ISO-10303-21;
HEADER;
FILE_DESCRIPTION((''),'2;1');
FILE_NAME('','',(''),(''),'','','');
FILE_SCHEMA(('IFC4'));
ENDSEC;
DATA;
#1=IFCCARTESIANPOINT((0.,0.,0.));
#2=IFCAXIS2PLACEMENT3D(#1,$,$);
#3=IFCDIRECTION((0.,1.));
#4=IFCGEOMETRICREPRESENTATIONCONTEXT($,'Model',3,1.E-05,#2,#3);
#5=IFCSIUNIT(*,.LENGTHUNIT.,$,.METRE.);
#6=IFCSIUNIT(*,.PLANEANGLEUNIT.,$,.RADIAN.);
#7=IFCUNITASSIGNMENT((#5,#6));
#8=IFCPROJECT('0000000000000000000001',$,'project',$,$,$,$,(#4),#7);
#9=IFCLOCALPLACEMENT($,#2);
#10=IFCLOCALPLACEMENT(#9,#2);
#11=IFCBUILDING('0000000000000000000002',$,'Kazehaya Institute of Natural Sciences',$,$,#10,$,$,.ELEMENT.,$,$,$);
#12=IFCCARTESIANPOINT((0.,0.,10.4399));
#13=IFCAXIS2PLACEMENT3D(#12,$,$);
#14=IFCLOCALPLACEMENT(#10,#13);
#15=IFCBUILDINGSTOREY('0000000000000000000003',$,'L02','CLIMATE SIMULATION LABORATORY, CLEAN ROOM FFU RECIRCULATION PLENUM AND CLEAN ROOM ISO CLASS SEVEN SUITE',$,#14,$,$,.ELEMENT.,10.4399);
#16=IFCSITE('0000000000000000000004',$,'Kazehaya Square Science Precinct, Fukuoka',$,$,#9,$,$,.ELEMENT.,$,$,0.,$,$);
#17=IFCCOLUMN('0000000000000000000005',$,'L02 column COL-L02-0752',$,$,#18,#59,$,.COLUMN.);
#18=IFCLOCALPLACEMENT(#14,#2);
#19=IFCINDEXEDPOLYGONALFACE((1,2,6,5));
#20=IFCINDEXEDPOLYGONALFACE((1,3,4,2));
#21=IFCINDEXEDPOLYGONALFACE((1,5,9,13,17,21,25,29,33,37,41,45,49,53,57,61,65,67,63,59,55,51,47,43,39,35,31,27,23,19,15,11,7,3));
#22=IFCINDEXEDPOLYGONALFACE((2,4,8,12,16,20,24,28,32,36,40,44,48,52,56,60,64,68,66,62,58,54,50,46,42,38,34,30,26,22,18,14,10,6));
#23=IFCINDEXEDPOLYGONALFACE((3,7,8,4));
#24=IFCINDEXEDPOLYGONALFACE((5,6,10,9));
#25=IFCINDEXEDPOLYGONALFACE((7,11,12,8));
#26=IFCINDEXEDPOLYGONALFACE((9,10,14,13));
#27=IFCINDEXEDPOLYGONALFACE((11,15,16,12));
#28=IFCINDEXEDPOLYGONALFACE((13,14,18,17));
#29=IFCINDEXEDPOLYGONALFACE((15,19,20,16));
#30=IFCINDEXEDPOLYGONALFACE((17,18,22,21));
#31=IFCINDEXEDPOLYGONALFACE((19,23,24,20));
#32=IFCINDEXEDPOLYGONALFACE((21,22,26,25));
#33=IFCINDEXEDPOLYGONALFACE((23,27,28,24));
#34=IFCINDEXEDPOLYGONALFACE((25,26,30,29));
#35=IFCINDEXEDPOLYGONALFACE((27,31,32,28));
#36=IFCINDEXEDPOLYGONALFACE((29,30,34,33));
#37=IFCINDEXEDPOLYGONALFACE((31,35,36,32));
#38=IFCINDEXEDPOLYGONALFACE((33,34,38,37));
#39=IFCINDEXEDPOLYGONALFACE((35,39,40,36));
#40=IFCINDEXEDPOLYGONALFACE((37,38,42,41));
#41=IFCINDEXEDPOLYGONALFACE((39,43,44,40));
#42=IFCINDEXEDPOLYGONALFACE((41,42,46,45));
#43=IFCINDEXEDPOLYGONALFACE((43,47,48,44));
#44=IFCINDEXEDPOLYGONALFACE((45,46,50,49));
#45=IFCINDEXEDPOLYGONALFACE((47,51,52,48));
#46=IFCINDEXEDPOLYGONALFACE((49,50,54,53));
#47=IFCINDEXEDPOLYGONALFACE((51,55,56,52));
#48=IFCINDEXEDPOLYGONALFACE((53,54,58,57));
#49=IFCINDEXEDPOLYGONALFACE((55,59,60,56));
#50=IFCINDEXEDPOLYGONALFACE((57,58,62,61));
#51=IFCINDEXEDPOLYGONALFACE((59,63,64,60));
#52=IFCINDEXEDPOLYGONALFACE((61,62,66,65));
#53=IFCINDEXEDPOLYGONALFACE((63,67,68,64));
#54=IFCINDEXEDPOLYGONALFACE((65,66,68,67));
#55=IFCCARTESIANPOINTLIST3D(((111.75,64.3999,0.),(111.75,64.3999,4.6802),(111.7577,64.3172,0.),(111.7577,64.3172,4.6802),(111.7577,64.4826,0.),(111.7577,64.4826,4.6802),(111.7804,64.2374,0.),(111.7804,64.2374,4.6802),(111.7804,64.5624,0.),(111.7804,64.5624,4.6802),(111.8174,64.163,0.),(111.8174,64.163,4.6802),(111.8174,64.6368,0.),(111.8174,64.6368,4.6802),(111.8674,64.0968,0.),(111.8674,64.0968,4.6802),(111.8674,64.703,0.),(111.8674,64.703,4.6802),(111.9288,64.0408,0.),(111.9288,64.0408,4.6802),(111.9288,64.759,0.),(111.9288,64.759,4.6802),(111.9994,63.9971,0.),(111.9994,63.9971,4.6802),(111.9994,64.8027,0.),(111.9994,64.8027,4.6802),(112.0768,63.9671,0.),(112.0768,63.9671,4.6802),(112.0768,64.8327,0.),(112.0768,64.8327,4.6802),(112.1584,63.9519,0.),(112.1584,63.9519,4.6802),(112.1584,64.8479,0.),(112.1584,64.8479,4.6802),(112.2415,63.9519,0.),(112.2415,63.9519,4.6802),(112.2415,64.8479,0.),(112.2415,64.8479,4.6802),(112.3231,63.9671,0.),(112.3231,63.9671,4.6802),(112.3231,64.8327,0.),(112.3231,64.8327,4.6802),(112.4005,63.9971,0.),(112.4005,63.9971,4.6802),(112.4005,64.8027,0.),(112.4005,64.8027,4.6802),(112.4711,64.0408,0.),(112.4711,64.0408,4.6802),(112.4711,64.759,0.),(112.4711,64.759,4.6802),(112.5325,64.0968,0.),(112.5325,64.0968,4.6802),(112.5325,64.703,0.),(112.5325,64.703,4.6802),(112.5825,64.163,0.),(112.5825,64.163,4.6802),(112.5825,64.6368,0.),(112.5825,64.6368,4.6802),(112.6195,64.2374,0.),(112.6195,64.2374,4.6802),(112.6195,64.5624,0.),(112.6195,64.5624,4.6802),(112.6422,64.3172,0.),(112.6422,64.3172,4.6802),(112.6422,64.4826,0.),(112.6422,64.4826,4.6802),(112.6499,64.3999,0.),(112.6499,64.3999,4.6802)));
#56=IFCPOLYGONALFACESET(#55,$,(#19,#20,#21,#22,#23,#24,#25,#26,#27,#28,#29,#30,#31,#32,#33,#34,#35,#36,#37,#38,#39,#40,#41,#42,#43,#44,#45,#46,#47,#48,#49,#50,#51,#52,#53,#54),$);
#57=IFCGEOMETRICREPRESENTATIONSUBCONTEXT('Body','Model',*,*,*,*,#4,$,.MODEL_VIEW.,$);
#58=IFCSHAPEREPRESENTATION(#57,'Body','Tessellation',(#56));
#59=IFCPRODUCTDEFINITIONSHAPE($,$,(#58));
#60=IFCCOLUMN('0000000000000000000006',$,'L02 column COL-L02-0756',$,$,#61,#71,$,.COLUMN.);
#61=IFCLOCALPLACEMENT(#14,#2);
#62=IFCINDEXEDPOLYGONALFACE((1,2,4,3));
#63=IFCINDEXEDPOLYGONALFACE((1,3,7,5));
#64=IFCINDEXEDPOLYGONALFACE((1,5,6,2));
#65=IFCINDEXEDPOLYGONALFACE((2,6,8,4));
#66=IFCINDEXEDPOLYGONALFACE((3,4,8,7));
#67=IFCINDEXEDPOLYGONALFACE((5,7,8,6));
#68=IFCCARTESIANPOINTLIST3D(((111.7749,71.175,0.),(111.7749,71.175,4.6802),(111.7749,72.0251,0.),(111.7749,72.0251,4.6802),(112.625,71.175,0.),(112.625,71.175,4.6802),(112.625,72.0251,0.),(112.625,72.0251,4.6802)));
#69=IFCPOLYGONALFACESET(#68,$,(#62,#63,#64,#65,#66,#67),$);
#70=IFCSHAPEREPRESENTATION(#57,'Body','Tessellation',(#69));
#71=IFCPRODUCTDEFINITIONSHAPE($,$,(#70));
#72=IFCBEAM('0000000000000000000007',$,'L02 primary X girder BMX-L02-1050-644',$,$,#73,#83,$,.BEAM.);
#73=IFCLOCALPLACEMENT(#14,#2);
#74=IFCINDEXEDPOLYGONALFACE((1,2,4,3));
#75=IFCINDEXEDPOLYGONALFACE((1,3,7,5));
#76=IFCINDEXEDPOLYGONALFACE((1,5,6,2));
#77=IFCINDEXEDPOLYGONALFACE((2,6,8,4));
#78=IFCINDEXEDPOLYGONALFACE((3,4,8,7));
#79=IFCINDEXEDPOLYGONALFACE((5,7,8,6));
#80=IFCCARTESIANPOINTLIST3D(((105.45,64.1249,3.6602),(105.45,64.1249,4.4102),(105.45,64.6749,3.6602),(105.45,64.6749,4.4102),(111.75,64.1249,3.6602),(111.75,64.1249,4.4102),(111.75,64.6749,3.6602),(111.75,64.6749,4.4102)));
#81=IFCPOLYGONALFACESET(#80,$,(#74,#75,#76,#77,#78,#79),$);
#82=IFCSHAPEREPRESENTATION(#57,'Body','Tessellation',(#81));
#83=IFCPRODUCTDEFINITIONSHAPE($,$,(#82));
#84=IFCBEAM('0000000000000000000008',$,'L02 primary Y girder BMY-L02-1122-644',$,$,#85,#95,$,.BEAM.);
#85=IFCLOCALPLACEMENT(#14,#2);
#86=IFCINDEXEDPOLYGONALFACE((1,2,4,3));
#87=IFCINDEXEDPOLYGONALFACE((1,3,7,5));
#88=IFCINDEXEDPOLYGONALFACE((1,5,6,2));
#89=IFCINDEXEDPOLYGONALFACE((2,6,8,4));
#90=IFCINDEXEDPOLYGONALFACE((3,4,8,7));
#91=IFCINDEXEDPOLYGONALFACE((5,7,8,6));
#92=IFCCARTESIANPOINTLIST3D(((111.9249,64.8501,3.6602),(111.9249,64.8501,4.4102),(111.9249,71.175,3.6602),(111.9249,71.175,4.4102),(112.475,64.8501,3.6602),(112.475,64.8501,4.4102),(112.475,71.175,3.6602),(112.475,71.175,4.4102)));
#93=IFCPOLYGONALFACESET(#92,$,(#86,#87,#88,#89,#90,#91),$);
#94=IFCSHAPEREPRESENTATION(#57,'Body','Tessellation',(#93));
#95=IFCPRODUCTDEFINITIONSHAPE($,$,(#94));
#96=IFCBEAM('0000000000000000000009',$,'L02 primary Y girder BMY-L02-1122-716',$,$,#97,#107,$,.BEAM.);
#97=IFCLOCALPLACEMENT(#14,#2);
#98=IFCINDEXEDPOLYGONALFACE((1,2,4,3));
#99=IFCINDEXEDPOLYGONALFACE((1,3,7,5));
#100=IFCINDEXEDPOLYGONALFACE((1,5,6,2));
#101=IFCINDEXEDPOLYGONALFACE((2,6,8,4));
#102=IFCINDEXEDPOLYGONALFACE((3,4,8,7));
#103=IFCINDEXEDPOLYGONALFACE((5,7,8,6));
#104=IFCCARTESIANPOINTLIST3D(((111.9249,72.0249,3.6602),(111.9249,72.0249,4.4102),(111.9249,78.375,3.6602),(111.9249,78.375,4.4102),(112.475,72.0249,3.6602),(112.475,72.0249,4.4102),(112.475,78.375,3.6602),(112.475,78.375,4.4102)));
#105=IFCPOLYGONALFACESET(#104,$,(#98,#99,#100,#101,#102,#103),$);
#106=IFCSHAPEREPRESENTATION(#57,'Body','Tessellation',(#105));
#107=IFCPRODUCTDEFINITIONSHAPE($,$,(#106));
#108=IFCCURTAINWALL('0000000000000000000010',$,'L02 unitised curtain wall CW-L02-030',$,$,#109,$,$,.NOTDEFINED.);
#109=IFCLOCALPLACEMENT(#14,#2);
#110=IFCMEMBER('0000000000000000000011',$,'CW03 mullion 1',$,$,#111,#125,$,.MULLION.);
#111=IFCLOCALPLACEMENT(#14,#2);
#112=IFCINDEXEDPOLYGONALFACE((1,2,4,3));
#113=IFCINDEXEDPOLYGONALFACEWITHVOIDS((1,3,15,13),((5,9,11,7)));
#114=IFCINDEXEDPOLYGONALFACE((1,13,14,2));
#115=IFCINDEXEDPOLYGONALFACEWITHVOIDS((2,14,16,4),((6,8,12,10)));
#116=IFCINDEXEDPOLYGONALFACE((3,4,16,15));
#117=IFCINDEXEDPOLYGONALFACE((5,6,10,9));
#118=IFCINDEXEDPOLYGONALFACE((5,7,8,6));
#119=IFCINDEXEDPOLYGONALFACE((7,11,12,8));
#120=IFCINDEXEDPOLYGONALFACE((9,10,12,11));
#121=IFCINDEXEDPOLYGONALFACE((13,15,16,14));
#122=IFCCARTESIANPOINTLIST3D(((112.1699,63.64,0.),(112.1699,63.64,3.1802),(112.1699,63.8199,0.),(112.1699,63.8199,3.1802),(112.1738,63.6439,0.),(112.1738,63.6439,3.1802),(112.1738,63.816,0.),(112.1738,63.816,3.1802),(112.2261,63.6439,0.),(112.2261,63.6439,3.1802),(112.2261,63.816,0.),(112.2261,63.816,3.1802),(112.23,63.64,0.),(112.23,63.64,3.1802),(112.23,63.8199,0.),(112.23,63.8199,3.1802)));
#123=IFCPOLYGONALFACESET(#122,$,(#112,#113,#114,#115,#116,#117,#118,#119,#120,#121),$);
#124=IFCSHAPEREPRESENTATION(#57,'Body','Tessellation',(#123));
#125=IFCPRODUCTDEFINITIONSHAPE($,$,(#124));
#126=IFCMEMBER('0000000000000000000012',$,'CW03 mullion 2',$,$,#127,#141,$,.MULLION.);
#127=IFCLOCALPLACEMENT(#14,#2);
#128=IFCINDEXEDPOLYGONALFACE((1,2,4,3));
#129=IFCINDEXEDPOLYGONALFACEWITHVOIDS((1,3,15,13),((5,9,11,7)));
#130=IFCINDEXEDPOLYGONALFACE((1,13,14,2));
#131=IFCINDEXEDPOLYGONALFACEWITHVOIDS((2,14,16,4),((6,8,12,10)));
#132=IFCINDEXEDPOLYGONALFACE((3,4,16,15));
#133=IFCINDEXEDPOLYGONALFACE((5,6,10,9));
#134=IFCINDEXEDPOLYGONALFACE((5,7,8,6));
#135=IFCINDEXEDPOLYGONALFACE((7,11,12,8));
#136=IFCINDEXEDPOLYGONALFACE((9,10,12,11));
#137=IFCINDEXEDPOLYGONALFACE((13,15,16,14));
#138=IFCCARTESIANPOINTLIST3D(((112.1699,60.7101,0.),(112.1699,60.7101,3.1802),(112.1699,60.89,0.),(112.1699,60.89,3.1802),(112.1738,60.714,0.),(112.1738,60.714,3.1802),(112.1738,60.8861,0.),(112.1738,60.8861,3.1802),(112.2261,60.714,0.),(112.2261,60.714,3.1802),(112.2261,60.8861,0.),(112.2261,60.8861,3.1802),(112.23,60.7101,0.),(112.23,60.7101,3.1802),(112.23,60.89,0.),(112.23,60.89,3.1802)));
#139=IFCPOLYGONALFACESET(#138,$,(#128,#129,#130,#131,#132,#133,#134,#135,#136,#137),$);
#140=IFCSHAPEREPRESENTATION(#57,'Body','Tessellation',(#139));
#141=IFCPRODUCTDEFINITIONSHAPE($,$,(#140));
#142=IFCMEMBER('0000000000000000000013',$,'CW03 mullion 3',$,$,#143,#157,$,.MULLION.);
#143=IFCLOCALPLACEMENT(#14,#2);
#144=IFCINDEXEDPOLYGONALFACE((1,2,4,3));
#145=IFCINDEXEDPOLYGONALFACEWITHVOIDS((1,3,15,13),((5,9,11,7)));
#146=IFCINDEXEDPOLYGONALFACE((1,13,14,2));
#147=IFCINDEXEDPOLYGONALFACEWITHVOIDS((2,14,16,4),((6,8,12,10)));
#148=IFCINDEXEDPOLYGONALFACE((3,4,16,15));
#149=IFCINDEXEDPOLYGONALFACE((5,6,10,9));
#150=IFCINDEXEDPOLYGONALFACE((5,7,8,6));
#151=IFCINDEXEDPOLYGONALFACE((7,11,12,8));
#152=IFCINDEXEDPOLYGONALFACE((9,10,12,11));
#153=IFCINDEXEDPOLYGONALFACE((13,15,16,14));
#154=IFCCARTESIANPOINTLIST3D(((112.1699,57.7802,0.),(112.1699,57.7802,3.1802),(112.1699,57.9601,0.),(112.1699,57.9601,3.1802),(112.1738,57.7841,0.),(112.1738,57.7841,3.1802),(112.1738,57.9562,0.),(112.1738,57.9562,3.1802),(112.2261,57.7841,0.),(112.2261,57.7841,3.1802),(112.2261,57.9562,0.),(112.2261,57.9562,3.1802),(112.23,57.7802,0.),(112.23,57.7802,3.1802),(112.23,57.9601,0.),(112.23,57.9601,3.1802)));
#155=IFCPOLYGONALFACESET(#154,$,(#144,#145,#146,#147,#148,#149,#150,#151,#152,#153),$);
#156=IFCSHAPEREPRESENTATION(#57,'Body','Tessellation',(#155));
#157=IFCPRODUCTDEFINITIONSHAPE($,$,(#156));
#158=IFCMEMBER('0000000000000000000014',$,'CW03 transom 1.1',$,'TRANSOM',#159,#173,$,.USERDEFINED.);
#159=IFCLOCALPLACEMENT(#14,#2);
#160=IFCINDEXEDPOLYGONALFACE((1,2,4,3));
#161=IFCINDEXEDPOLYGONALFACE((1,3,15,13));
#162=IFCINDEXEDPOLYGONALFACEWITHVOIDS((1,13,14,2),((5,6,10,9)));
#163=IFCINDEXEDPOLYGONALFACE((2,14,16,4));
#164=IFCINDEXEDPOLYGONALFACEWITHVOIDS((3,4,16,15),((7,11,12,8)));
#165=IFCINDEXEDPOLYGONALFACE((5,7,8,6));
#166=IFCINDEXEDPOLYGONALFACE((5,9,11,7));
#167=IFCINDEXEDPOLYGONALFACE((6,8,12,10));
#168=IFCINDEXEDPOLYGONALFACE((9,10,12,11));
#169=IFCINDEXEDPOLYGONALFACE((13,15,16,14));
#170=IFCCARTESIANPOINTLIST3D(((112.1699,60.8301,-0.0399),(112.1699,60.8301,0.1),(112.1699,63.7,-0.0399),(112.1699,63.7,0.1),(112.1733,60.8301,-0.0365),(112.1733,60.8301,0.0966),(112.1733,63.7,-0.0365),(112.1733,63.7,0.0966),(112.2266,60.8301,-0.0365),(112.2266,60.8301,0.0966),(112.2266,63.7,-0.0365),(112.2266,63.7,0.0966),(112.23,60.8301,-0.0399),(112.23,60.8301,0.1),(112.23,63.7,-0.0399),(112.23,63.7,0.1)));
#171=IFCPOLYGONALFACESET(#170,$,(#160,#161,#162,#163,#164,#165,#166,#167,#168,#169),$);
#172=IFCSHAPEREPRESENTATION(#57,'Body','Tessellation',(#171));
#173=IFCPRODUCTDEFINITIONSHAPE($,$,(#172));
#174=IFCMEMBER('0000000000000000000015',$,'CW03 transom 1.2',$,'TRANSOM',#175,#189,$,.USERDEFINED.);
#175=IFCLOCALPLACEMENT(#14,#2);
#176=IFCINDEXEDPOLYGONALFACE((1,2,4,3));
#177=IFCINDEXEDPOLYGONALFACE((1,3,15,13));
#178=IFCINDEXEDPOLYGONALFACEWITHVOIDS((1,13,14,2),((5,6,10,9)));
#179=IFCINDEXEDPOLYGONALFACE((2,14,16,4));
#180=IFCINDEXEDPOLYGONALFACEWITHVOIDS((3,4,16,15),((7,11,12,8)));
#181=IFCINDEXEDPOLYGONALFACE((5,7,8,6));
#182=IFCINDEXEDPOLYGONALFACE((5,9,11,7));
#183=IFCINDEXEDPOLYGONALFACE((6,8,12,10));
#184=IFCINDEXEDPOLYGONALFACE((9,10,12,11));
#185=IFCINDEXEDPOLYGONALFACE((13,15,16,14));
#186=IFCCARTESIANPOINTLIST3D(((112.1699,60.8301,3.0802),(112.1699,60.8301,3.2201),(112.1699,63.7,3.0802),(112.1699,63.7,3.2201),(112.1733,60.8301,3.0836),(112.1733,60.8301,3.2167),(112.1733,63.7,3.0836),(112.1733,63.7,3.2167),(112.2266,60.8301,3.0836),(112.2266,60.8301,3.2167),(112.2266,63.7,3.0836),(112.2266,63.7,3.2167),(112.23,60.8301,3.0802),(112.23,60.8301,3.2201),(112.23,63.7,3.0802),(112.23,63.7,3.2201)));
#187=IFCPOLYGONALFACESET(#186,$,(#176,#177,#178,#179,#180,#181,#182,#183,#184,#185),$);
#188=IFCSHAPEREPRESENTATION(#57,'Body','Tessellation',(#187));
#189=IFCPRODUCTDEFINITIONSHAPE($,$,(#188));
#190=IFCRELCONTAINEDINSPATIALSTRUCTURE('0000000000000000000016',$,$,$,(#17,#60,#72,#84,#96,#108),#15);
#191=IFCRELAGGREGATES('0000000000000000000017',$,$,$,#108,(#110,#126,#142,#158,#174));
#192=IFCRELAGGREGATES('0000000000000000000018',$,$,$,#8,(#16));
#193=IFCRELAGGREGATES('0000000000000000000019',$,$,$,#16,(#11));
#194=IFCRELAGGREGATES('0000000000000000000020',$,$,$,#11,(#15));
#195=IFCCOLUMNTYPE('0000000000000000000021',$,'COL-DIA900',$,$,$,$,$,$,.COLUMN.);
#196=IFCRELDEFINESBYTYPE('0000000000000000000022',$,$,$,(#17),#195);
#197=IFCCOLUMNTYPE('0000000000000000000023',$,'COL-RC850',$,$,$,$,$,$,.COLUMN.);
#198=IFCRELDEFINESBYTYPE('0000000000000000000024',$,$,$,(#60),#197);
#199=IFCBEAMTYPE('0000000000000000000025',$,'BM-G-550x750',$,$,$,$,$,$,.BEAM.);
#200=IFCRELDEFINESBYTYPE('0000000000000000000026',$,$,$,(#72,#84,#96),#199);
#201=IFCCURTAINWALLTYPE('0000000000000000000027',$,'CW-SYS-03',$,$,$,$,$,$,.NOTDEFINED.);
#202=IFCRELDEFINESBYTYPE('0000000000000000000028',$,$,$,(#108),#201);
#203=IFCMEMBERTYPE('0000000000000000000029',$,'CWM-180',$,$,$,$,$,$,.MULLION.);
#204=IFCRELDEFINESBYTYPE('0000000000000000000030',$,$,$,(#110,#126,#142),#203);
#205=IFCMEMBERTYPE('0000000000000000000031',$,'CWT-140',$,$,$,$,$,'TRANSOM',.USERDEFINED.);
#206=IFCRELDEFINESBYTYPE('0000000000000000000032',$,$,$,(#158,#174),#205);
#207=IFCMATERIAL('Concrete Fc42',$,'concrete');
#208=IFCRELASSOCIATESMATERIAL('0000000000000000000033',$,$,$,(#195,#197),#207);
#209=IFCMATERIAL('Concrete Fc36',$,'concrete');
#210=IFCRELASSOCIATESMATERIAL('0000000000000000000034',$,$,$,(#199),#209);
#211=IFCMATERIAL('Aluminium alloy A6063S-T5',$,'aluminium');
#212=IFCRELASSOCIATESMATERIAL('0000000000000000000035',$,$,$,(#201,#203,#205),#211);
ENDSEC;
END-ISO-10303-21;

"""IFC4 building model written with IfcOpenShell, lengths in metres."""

from ifc_helpers import new_model, si_unit, direction, frame, origin, origin_2d, place, context, subcontext, project, spatial, rectangle, hollow_rectangle, circle, extrude, material, material_profile, profile_set, type_object, element, aggregate, save


model = new_model("IFC4")

# Units and contexts
model_context = context("Model", 3, precision=1e-05, world=origin(), true_north=direction((0.0, 1.0)))
body_context = subcontext(model_context, "Body", "Model", "MODEL_VIEW")
ifc_project = project(units=[si_unit("LENGTHUNIT", "METRE"), si_unit("PLANEANGLEUNIT", "RADIAN")], contexts=[model_context])

# Site, building, storey
site_placement = place(None, origin())
site = spatial("IfcSite", under=ifc_project, at=site_placement, Name="Kazehaya Square Science Precinct, Fukuoka", CompositionType="ELEMENT", RefElevation=0.0)
building_placement = place(site_placement, origin())
building = spatial("IfcBuilding", under=site, at=building_placement, Name="Kazehaya Institute of Natural Sciences", CompositionType="ELEMENT")
storey_placement = place(building_placement, frame((0.0, 0.0, 10.4399)))
storey = spatial("IfcBuildingStorey", under=building, at=storey_placement, Name="L02", Description="CLIMATE SIMULATION LABORATORY, CLEAN ROOM FFU RECIRCULATION PLENUM AND CLEAN ROOM ISO CLASS SEVEN SUITE", CompositionType="ELEMENT", Elevation=10.4399)

# Columns
ifc_material_1 = material(Name="Concrete Fc42", Category="concrete")
ifc_material_profile_1 = material_profile(ifc_material_1, circle(Radius=0.45, at=origin_2d()), Name="RC-DIA900")
ifc_profile_set_1 = profile_set([ifc_material_profile_1], Name="Concrete Fc42")
column_type_1 = type_object("IfcColumnType", Name="COL-DIA900", PredefinedType="COLUMN", material=ifc_profile_set_1)
column_1_placement = place(storey_placement, frame((112.2, 64.3999, 0.0), z_axis=(0.0, 0.0, 1.0), x_axis=(1.0, 0.0, 0.0)))
element("IfcColumn", 1, at=column_1_placement, inside=storey, type_object=column_type_1, Name="L02 column COL-L02-0752", PredefinedType="COLUMN", context=body_context, shape_type="SweptSolid", body=[
    extrude(circle(Radius=0.45, at=origin_2d()), origin(), (0.0, 0.0, 1.0), 4.6802),
])
ifc_material_profile_2 = material_profile(ifc_material_1, rectangle(XDim=0.8501, YDim=0.8501, at=origin_2d()), Name="RC-850x850")
ifc_profile_set_2 = profile_set([ifc_material_profile_2], Name="Concrete Fc42")
column_type_2 = type_object("IfcColumnType", Name="COL-RC850", PredefinedType="COLUMN", material=ifc_profile_set_2)
column_2_placement = place(storey_placement, frame((112.2, 71.6001, 0.0), z_axis=(0.0, 0.0, 1.0), x_axis=(1.0, 0.0, 0.0)))
element("IfcColumn", 2, at=column_2_placement, inside=storey, type_object=column_type_2, Name="L02 column COL-L02-0756", PredefinedType="COLUMN", context=body_context, shape_type="SweptSolid", body=[
    extrude(rectangle(XDim=0.8501, YDim=0.8501, at=origin_2d()), origin(), (0.0, 0.0, 1.0), 4.6802),
])

# Beams
ifc_material_2 = material(Name="Concrete Fc36", Category="concrete")
ifc_material_profile_3 = material_profile(ifc_material_2, rectangle(XDim=0.55, YDim=0.75, at=origin_2d()), Name="RC-550x750")
ifc_profile_set_3 = profile_set([ifc_material_profile_3], Name="Concrete Fc36")
beam_type = type_object("IfcBeamType", Name="BM-G-550x750", PredefinedType="BEAM", material=ifc_profile_set_3)
beam_1_placement = place(storey_placement, frame((105.45, 64.3999, 4.0352), z_axis=(1.0, 0.0, 0.0), x_axis=(0.0, 1.0, 0.0)))
element("IfcBeam", 3, at=beam_1_placement, inside=storey, type_object=beam_type, Name="L02 primary X girder BMX-L02-1050-644", PredefinedType="BEAM", context=body_context, shape_type="SweptSolid", body=[
    extrude(rectangle(XDim=0.55, YDim=0.75, at=origin_2d()), origin(), (0.0, 0.0, 1.0), 6.3),
])
beam_2_placement = place(storey_placement, frame((112.2, 64.8501, 4.0352), z_axis=(0.0, 1.0, 0.0), x_axis=(-1.0, 0.0, 0.0)))
element("IfcBeam", 4, at=beam_2_placement, inside=storey, type_object=beam_type, Name="L02 primary Y girder BMY-L02-1122-644", PredefinedType="BEAM", context=body_context, shape_type="SweptSolid", body=[
    extrude(rectangle(XDim=0.55, YDim=0.75, at=origin_2d()), origin(), (0.0, 0.0, 1.0), 6.325),
])
beam_3_placement = place(storey_placement, frame((112.2, 72.0249, 4.0352), z_axis=(0.0, 1.0, 0.0), x_axis=(-1.0, 0.0, 0.0)))
element("IfcBeam", 5, at=beam_3_placement, inside=storey, type_object=beam_type, Name="L02 primary Y girder BMY-L02-1122-716", PredefinedType="BEAM", context=body_context, shape_type="SweptSolid", body=[
    extrude(rectangle(XDim=0.55, YDim=0.75, at=origin_2d()), origin(), (0.0, 0.0, 1.0), 6.3501),
])

# Curtain wall, members
ifc_material_3 = material(Name="Aluminium alloy A6063S-T5", Category="aluminium")
curtain_wall_type = type_object("IfcCurtainWallType", Name="CW-SYS-03", PredefinedType="NOTDEFINED", material=ifc_material_3)
curtain_wall_placement = place(storey_placement, origin())
curtain_wall = element("IfcCurtainWall", 6, at=curtain_wall_placement, inside=storey, type_object=curtain_wall_type, Name="L02 unitised curtain wall CW-L02-030", PredefinedType="NOTDEFINED")
ifc_material_profile_4 = material_profile(ifc_material_3, hollow_rectangle(XDim=0.0601, YDim=0.1799, WallThickness=0.0039, at=origin_2d()), Name="ALU-60x180x4")
ifc_profile_set_4 = profile_set([ifc_material_profile_4], Name="Aluminium alloy A6063S-T5")
member_type_1 = type_object("IfcMemberType", Name="CWM-180", PredefinedType="MULLION", material=ifc_profile_set_4)
member_1_placement = place(storey_placement, frame((112.2, 63.73, 0.0), z_axis=(0.0, 0.0, 1.0), x_axis=(1.0, 0.0, 0.0)))
member_1 = element("IfcMember", 7, at=member_1_placement, type_object=member_type_1, Name="CW03 mullion 1", PredefinedType="MULLION", context=body_context, shape_type="SweptSolid", body=[
    extrude(hollow_rectangle(XDim=0.0601, YDim=0.1799, WallThickness=0.0039, at=origin_2d()), origin(), (0.0, 0.0, 1.0), 3.1802),
])
member_2_placement = place(storey_placement, frame((112.2, 60.8, 0.0), z_axis=(0.0, 0.0, 1.0), x_axis=(1.0, 0.0, 0.0)))
member_2 = element("IfcMember", 8, at=member_2_placement, type_object=member_type_1, Name="CW03 mullion 2", PredefinedType="MULLION", context=body_context, shape_type="SweptSolid", body=[
    extrude(hollow_rectangle(XDim=0.0601, YDim=0.1799, WallThickness=0.0039, at=origin_2d()), origin(), (0.0, 0.0, 1.0), 3.1802),
])
member_3_placement = place(storey_placement, frame((112.2, 57.8701, 0.0), z_axis=(0.0, 0.0, 1.0), x_axis=(1.0, 0.0, 0.0)))
member_3 = element("IfcMember", 9, at=member_3_placement, type_object=member_type_1, Name="CW03 mullion 3", PredefinedType="MULLION", context=body_context, shape_type="SweptSolid", body=[
    extrude(hollow_rectangle(XDim=0.0601, YDim=0.1799, WallThickness=0.0039, at=origin_2d()), origin(), (0.0, 0.0, 1.0), 3.1802),
])
ifc_material_profile_5 = material_profile(ifc_material_3, hollow_rectangle(XDim=0.0601, YDim=0.1399, WallThickness=0.0034, at=origin_2d()), Name="ALU-60x140x3.5")
ifc_profile_set_5 = profile_set([ifc_material_profile_5], Name="Aluminium alloy A6063S-T5")
member_type_2 = type_object("IfcMemberType", Name="CWT-140", ElementType="TRANSOM", PredefinedType="USERDEFINED", material=ifc_profile_set_5)
member_4_placement = place(storey_placement, frame((112.2, 63.7, 0.03), z_axis=(0.0, -1.0, 0.0), x_axis=(1.0, 0.0, 0.0)))
member_4 = element("IfcMember", 10, at=member_4_placement, type_object=member_type_2, Name="CW03 transom 1.1", ObjectType="TRANSOM", PredefinedType="USERDEFINED", context=body_context, shape_type="SweptSolid", body=[
    extrude(hollow_rectangle(XDim=0.0601, YDim=0.1399, WallThickness=0.0034, at=origin_2d()), origin(), (0.0, 0.0, 1.0), 2.8699),
])
member_5_placement = place(storey_placement, frame((112.2, 63.7, 3.1501), z_axis=(0.0, -1.0, 0.0), x_axis=(1.0, 0.0, 0.0)))
member_5 = element("IfcMember", 11, at=member_5_placement, type_object=member_type_2, Name="CW03 transom 1.2", ObjectType="TRANSOM", PredefinedType="USERDEFINED", context=body_context, shape_type="SweptSolid", body=[
    extrude(hollow_rectangle(XDim=0.0601, YDim=0.1399, WallThickness=0.0034, at=origin_2d()), origin(), (0.0, 0.0, 1.0), 2.8699),
])
aggregate(curtain_wall, [member_1, member_2, member_3, member_4, member_5])

save(model, "model.ifc")
